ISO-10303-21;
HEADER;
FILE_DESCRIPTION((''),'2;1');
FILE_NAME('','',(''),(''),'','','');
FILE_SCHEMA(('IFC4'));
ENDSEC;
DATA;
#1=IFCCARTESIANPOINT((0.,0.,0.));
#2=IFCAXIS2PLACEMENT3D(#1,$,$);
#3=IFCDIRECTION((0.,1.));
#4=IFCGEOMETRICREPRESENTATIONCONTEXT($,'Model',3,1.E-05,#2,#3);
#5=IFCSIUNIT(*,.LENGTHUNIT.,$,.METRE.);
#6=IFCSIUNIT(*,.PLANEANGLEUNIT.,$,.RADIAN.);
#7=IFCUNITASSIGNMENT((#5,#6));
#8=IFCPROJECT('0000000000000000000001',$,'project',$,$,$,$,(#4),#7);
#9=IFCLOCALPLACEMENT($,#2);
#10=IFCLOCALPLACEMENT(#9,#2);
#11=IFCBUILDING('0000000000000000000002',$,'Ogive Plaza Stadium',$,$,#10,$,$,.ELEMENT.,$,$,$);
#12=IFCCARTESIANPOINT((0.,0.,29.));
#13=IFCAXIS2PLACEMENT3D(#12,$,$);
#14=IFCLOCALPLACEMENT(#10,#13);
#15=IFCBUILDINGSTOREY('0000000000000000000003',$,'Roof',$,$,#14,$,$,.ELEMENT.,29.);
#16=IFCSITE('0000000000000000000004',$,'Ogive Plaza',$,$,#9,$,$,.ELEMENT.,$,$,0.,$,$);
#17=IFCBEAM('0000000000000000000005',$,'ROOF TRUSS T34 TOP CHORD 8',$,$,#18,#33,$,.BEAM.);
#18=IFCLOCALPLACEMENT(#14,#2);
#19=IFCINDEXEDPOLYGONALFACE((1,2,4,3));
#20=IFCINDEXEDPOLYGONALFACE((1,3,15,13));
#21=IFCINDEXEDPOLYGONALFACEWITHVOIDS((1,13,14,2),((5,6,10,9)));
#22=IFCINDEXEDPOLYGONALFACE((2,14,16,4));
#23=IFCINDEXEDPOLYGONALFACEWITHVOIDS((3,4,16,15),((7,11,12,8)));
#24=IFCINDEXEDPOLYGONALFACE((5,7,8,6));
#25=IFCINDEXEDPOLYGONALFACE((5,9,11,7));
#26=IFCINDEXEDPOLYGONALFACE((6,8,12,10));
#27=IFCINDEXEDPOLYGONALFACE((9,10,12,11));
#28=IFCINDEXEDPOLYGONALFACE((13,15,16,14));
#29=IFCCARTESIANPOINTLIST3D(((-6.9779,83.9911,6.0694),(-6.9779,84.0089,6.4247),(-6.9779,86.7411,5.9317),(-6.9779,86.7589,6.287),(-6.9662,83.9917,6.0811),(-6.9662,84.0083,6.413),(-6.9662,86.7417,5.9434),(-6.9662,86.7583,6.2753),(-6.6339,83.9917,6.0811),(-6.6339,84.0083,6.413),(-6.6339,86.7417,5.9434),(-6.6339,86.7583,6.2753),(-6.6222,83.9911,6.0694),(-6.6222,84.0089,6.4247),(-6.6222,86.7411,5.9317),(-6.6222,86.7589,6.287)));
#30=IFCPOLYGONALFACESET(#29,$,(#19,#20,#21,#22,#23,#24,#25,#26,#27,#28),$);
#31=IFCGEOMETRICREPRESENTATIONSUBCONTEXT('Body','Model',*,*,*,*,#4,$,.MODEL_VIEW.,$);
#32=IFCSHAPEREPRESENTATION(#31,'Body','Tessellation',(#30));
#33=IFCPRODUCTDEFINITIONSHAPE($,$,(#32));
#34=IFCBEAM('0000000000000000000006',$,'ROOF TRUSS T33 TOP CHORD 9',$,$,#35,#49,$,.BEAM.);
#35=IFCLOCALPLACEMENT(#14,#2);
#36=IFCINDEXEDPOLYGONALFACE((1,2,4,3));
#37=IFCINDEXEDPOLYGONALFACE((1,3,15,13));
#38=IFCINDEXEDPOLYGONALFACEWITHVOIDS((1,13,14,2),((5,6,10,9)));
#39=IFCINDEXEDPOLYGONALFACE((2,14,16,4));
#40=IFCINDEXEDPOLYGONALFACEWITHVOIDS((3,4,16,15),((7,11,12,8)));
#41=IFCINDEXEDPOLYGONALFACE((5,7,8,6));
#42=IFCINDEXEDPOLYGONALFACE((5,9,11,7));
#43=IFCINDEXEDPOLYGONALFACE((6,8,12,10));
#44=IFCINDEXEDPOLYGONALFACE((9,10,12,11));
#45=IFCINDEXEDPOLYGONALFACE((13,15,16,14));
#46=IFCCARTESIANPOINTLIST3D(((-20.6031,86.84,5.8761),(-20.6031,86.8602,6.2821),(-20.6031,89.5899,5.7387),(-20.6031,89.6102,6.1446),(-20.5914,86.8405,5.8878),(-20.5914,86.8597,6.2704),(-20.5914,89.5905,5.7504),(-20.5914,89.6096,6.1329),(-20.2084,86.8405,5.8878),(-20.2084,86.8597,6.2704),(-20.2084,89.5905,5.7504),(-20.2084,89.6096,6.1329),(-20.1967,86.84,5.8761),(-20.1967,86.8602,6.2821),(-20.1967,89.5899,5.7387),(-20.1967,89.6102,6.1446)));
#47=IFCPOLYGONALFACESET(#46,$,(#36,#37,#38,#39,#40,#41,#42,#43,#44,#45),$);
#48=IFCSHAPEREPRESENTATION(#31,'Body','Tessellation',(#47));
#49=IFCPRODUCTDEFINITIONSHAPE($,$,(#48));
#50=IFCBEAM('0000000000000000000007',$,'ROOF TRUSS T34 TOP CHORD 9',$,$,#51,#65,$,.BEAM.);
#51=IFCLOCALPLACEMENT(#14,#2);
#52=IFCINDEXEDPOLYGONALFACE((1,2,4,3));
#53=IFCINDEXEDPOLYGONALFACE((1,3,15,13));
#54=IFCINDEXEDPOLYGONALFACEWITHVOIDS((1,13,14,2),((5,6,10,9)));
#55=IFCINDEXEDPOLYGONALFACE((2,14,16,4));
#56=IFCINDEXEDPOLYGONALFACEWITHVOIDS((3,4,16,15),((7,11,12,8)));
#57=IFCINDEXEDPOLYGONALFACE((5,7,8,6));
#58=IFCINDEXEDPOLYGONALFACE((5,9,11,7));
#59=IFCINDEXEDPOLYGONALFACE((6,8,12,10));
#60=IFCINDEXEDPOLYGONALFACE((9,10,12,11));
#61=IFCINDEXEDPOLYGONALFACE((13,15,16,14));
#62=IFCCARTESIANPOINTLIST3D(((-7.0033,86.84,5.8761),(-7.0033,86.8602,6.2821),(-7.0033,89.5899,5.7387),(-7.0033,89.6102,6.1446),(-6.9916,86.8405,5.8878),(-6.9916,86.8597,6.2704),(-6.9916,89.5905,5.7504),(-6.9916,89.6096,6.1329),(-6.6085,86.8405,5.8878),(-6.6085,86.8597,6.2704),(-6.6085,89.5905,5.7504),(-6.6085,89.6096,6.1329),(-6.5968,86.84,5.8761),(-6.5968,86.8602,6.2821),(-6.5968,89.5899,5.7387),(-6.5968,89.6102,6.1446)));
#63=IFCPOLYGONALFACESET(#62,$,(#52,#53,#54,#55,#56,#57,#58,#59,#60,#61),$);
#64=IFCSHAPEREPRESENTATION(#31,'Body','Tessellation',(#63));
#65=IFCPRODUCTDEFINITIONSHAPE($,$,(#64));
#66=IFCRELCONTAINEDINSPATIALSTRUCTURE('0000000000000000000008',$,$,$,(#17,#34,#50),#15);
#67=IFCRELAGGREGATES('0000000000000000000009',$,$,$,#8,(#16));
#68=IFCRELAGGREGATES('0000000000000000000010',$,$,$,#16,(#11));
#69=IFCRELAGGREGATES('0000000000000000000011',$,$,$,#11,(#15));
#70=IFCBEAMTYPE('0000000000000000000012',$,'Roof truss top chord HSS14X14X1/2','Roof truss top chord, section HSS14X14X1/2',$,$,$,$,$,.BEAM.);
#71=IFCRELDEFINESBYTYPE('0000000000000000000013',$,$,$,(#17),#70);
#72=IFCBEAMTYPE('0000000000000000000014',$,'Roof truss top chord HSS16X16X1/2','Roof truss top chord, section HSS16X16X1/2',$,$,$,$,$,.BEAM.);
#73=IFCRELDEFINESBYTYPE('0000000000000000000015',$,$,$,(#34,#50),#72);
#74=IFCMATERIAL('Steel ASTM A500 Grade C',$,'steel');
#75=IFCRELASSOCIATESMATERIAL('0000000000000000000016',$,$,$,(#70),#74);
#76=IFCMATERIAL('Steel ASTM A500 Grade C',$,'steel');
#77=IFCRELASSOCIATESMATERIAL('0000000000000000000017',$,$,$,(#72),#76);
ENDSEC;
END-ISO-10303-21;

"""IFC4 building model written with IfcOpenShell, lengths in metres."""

from ifc_helpers import new_model, si_unit, direction, frame, origin, origin_2d, place, context, subcontext, project, spatial, hollow_rectangle, extrude, material, material_profile, profile_set, type_object, element, save


model = new_model("IFC4")

# Units and contexts
model_context = context("Model", 3, precision=1e-05, world=origin(), true_north=direction((0.0, 1.0)))
body_context = subcontext(model_context, "Body", "Model", "MODEL_VIEW")
ifc_project = project(units=[si_unit("LENGTHUNIT", "METRE"), si_unit("PLANEANGLEUNIT", "RADIAN")], contexts=[model_context])

# Site, building, storey
site_placement = place(None, origin())
site = spatial("IfcSite", under=ifc_project, at=site_placement, Name="Ogive Plaza", CompositionType="ELEMENT", RefElevation=0.0)
building_placement = place(site_placement, origin())
building = spatial("IfcBuilding", under=site, at=building_placement, Name="Ogive Plaza Stadium", CompositionType="ELEMENT")
storey_placement = place(building_placement, frame((0.0, 0.0, 29.0)))
storey = spatial("IfcBuildingStorey", under=building, at=storey_placement, Name="Roof", CompositionType="ELEMENT", Elevation=29.0)

# Beams
ifc_material_1 = material(Name="Steel ASTM A500 Grade C", Category="steel")
ifc_material_profile_1 = material_profile(ifc_material_1, hollow_rectangle(XDim=0.3557, YDim=0.3557, WallThickness=0.0117, at=origin_2d()), Name="HSS14X14X1/2")
ifc_profile_set_1 = profile_set([ifc_material_profile_1], Name="Steel ASTM A500 Grade C")
beam_type_1 = type_object("IfcBeamType", Name="Roof truss top chord HSS14X14X1/2", Description="Roof truss top chord, section HSS14X14X1/2", PredefinedType="BEAM", material=ifc_profile_set_1)
beam_1_placement = place(storey_placement, frame((-6.8, 84.0, 6.2471), z_axis=(0.0, 0.998749, -0.050008), x_axis=(-1.0, 0.0, 0.0)))
element("IfcBeam", 1, at=beam_1_placement, inside=storey, type_object=beam_type_1, Name="ROOF TRUSS T34 TOP CHORD 8", PredefinedType="BEAM", context=body_context, shape_type="SweptSolid", body=[
    extrude(hollow_rectangle(XDim=0.3557, YDim=0.3557, WallThickness=0.0117, at=origin_2d()), origin(), (0.0, 0.0, 1.0), 2.7534),
])
ifc_material_2 = material(Name="Steel ASTM A500 Grade C", Category="steel")
ifc_material_profile_2 = material_profile(ifc_material_2, hollow_rectangle(XDim=0.4065, YDim=0.4065, WallThickness=0.0117, at=origin_2d()), Name="HSS16X16X1/2")
ifc_profile_set_2 = profile_set([ifc_material_profile_2], Name="Steel ASTM A500 Grade C")
beam_type_2 = type_object("IfcBeamType", Name="Roof truss top chord HSS16X16X1/2", Description="Roof truss top chord, section HSS16X16X1/2", PredefinedType="BEAM", material=ifc_profile_set_2)
for number, where, z_axis, x_axis, name in (
    (2, (-20.3999, 86.8501, 6.0791), (0.0, 0.998753, -0.04992), (-1.0, 0.0, 0.0), "ROOF TRUSS T33 TOP CHORD 9"),
    (3, (-6.8, 86.8501, 6.0791), (0.0, 0.998753, -0.04992), (-1.0, 0.0, 0.0), "ROOF TRUSS T34 TOP CHORD 9"),
):
    element("IfcBeam", number, at=place(storey_placement, frame(where, z_axis=z_axis, x_axis=x_axis)), inside=storey, type_object=beam_type_2, Name=name, PredefinedType="BEAM", context=body_context, shape_type="SweptSolid", body=[
        extrude(hollow_rectangle(XDim=0.4065, YDim=0.4065, WallThickness=0.0117, at=origin_2d()), origin(), (0.0, 0.0, 1.0), 2.7534),
    ])

save(model, "model.ifc")
